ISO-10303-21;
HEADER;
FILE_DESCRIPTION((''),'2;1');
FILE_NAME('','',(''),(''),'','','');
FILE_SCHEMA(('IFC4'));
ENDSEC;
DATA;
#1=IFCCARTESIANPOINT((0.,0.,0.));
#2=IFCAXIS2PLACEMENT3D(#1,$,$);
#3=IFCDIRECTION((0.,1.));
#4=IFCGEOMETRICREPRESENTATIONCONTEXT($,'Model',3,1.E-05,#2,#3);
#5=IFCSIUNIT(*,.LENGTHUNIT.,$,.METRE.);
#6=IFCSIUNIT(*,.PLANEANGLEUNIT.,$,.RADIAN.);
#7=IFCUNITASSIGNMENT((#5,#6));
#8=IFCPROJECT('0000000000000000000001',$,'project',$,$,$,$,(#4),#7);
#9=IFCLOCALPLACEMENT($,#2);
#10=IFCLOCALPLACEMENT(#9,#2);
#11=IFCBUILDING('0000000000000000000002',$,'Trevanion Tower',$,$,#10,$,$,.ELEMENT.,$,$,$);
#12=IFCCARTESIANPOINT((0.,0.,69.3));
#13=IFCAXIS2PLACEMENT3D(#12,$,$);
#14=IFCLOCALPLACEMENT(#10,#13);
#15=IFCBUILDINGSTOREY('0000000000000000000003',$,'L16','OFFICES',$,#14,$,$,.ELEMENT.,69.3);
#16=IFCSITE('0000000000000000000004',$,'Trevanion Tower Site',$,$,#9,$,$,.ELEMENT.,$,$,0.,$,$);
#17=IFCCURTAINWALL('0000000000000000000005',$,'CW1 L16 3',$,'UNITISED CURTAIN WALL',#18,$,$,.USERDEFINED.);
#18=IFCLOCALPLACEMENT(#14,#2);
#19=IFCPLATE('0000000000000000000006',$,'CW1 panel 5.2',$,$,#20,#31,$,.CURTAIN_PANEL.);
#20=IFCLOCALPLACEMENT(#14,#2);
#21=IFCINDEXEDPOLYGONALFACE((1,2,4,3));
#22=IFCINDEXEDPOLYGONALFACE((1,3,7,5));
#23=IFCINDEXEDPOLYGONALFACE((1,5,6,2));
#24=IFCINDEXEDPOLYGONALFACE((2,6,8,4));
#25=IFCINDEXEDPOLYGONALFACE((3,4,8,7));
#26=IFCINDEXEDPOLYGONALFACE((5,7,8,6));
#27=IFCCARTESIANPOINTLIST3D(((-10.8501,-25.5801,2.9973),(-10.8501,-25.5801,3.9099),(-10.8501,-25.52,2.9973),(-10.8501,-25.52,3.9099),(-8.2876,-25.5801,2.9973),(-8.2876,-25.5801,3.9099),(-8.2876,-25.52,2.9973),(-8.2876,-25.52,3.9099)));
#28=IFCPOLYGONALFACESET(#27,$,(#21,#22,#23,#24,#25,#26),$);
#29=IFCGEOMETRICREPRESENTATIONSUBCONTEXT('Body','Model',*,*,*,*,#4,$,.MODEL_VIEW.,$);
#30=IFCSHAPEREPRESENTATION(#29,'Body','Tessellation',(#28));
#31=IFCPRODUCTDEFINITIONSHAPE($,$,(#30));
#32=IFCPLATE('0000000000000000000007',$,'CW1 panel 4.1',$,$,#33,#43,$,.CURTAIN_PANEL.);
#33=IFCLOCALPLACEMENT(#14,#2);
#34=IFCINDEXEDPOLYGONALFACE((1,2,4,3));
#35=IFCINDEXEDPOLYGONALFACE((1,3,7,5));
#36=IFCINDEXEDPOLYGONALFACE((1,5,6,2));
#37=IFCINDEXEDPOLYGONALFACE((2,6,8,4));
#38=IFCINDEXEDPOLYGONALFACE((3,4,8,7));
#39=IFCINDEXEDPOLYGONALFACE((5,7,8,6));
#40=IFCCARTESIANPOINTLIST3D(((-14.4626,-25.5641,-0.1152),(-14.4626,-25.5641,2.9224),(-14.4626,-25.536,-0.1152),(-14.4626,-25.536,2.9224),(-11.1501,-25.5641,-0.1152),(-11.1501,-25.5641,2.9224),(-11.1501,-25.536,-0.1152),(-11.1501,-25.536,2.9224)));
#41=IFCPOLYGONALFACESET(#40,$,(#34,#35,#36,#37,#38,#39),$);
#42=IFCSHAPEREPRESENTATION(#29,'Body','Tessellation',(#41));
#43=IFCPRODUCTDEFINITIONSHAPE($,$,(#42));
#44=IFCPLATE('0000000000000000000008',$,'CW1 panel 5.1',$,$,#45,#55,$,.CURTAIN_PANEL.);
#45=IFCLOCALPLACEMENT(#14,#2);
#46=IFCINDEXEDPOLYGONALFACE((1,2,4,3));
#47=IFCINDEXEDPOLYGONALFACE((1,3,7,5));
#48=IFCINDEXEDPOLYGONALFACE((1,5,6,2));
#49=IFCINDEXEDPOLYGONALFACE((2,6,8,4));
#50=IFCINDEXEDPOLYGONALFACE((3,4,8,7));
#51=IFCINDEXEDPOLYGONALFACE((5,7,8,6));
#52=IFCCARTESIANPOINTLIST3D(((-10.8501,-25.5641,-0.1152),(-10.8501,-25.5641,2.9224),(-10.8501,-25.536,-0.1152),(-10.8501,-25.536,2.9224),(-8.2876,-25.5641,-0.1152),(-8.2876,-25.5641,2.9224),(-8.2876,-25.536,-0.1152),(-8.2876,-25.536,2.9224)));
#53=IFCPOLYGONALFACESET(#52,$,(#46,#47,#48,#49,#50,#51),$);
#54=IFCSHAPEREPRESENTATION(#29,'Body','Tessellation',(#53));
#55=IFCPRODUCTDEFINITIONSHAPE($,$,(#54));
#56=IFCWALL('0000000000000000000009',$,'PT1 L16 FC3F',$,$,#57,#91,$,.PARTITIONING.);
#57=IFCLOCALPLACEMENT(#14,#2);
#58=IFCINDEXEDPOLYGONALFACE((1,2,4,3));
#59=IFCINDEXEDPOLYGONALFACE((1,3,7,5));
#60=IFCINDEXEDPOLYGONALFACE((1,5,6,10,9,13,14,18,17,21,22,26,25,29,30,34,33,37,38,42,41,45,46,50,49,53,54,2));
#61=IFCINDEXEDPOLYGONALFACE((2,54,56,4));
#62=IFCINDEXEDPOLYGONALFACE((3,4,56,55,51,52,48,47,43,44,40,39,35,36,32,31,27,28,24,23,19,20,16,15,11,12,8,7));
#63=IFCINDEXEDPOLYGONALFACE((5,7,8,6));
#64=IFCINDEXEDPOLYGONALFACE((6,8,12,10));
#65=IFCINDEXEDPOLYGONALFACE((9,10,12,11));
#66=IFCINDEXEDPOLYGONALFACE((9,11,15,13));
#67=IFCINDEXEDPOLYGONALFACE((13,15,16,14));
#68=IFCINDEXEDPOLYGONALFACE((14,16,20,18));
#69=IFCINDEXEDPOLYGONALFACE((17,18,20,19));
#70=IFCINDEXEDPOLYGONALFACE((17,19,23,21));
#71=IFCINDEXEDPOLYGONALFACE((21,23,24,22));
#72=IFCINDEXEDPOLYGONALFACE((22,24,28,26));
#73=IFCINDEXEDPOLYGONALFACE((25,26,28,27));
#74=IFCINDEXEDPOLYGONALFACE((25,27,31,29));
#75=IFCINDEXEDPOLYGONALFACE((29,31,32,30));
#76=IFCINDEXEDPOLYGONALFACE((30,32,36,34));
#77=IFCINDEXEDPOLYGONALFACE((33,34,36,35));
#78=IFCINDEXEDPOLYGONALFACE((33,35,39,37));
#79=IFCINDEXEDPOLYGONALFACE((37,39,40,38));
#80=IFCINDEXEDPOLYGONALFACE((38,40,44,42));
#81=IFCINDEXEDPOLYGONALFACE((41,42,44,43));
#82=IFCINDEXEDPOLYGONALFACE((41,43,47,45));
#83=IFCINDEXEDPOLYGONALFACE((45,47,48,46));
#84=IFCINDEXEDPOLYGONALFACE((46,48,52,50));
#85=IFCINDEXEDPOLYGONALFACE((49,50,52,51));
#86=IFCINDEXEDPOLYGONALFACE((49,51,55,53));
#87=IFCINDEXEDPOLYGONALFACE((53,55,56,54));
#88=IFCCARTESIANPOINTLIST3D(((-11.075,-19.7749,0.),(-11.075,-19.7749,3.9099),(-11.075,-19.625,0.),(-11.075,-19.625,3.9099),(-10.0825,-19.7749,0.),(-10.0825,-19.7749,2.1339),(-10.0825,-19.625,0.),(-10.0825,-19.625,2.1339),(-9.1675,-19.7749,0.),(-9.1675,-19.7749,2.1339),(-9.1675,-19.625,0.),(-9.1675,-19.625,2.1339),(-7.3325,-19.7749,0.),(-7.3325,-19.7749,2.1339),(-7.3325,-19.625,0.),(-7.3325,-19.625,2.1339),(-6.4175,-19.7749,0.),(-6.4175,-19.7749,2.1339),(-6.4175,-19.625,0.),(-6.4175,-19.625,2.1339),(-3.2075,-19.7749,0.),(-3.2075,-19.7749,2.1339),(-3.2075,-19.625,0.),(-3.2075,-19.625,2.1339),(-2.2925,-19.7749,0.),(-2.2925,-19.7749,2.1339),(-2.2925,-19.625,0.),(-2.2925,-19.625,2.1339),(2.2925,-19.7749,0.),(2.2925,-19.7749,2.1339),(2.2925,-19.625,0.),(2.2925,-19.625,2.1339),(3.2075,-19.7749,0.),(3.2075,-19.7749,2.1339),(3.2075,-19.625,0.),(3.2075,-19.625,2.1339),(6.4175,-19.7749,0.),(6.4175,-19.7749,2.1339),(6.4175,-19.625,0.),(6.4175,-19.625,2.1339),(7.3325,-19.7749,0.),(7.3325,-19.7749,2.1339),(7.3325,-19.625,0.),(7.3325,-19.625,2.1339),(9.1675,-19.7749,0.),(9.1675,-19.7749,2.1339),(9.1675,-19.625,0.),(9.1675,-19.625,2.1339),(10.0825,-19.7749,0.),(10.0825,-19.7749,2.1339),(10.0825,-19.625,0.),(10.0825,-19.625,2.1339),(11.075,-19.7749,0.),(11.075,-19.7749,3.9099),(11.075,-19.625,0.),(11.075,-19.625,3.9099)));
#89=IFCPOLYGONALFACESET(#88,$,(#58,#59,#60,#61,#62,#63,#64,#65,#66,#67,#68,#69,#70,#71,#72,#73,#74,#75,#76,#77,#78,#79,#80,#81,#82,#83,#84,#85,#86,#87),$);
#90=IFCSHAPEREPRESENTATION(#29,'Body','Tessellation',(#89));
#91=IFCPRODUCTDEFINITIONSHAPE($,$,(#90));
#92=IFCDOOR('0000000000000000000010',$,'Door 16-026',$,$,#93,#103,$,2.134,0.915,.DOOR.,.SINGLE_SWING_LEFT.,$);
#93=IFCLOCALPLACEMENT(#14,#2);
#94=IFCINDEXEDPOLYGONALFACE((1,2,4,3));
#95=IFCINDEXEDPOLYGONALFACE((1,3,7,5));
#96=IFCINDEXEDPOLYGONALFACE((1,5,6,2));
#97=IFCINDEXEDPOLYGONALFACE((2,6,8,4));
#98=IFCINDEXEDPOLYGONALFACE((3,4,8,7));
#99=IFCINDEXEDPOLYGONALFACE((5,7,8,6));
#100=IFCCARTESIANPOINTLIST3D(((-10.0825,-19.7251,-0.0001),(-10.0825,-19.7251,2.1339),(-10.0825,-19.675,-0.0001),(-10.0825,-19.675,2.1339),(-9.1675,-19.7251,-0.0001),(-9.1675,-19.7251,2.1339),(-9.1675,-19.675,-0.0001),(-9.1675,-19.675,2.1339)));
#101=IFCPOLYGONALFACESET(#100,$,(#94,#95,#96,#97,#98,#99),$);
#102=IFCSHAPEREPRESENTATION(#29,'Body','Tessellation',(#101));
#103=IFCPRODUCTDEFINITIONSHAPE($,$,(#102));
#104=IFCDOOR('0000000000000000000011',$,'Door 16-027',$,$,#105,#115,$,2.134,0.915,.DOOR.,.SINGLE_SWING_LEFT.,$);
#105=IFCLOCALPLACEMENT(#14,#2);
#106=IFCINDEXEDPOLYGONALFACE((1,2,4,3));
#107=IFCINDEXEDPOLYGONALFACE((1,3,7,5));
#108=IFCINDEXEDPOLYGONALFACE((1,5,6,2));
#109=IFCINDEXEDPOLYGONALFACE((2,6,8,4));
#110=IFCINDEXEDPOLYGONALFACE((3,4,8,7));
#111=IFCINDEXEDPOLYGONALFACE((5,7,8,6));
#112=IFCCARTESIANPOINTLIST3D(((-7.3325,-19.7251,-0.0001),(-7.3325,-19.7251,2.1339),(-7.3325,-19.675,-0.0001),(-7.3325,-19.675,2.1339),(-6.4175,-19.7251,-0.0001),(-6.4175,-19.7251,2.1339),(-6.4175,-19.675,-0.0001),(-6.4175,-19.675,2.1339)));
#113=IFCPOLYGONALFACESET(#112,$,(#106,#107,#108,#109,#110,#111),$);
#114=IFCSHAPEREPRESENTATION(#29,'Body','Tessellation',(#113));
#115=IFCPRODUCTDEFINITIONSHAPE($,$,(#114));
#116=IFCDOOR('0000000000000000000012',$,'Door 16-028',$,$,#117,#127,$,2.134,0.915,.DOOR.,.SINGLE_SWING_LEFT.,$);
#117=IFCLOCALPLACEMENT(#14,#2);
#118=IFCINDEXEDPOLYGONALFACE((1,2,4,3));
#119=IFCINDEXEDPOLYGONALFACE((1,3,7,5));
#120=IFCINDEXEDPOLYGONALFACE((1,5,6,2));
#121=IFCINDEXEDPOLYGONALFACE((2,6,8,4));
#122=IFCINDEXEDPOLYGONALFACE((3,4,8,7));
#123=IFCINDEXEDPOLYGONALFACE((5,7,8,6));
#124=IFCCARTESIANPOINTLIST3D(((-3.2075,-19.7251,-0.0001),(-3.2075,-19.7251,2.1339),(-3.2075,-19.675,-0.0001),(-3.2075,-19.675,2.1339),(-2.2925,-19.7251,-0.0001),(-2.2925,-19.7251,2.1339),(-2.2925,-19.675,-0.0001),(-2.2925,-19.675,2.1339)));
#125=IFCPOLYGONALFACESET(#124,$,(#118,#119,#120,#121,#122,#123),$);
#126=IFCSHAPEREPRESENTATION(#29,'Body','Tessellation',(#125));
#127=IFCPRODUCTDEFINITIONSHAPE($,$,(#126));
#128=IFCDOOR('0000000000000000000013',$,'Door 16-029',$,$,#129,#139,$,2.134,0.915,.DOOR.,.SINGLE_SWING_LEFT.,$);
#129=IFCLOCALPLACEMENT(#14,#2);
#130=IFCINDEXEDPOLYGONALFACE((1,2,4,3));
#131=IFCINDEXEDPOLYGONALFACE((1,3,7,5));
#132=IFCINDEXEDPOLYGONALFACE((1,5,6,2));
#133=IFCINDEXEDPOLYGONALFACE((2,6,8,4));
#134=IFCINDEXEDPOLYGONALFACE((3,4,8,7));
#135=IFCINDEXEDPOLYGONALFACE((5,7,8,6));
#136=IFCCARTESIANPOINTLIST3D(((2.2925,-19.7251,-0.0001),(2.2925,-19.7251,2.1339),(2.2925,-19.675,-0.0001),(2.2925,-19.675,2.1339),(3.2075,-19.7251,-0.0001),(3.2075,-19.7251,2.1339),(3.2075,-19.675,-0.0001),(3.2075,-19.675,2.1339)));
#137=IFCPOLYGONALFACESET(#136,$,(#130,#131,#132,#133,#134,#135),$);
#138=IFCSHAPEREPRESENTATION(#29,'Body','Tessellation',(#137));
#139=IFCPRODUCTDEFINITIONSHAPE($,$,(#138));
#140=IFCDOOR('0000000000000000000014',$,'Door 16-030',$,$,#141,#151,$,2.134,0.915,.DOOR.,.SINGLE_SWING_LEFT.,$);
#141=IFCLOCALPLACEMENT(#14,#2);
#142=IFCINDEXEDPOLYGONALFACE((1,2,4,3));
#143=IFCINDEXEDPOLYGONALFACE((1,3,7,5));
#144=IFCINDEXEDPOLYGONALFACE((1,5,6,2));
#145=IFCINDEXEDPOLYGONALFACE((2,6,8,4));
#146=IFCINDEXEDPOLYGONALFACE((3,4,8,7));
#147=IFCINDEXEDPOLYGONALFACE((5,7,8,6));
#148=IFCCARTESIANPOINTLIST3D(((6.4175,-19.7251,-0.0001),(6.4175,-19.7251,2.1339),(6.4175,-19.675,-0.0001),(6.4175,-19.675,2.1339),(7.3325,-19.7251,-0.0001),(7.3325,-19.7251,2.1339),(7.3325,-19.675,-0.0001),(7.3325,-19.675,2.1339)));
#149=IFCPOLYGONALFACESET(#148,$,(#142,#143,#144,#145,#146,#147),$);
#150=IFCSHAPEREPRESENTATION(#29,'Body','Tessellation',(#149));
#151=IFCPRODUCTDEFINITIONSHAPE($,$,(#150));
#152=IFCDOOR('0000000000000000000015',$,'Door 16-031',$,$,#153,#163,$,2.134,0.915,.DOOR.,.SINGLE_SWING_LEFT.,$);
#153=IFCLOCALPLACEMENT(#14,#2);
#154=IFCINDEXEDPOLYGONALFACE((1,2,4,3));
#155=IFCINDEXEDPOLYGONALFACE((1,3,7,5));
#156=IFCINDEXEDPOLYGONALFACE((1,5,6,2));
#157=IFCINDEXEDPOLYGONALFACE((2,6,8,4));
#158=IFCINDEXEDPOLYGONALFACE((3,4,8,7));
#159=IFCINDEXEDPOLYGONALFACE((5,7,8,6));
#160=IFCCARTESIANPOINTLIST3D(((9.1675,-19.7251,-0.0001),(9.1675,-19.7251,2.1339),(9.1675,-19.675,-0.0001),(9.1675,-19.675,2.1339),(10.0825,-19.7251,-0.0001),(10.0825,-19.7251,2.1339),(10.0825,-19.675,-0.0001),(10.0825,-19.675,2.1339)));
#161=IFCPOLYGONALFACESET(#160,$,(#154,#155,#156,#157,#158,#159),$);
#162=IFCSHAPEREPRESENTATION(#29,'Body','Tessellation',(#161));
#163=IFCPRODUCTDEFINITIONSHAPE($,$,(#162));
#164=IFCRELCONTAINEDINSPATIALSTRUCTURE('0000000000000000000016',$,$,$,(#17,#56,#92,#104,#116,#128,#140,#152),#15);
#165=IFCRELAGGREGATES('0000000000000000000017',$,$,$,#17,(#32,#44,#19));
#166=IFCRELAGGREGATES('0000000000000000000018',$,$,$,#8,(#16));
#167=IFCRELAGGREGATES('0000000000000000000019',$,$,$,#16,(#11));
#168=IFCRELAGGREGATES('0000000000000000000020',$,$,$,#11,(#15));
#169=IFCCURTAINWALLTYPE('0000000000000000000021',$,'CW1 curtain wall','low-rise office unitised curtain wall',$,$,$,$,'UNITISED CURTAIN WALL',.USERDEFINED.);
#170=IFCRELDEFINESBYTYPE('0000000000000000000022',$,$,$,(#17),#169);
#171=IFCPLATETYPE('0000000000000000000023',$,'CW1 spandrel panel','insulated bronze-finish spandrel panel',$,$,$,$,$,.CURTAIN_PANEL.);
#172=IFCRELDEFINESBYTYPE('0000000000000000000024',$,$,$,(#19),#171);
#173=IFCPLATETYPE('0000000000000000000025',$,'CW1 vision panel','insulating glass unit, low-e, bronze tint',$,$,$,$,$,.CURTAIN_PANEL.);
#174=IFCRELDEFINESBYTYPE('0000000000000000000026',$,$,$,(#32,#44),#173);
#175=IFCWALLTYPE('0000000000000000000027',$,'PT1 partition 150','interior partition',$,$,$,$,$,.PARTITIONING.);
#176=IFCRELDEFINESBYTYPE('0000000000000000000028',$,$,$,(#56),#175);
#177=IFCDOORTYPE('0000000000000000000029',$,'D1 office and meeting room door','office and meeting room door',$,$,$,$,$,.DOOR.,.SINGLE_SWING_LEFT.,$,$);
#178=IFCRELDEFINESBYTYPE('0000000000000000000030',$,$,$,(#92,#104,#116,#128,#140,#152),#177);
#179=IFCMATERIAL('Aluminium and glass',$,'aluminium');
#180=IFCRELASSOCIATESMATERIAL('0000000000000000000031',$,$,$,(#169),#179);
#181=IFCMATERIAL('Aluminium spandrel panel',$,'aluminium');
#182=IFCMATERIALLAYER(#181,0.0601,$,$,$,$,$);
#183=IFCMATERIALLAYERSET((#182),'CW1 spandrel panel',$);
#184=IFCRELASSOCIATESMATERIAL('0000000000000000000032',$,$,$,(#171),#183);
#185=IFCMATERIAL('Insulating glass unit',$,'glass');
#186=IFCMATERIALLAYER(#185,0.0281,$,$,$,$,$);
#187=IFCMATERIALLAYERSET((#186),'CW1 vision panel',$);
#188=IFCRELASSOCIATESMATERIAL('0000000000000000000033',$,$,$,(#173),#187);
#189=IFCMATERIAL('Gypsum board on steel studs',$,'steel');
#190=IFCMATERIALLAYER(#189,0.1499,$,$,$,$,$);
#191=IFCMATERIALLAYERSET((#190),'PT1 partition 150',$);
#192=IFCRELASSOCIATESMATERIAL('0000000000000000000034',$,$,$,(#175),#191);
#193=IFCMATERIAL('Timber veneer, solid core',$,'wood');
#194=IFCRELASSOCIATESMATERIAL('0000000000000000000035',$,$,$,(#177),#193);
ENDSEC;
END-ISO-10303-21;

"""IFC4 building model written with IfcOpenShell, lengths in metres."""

from ifc_helpers import new_model, si_unit, direction, frame, frame_2d, origin, origin_2d, place, context, subcontext, project, spatial, rectangle, extrude, material, layer, layer_set, type_object, element, fill, aggregate, save


model = new_model("IFC4")

# Units and contexts
model_context = context("Model", 3, precision=1e-05, world=origin(), true_north=direction((0.0, 1.0)))
body_context = subcontext(model_context, "Body", "Model", "MODEL_VIEW")
ifc_project = project(units=[si_unit("LENGTHUNIT", "METRE"), si_unit("PLANEANGLEUNIT", "RADIAN")], contexts=[model_context])

# Site, building, storey
site_placement = place(None, origin())
site = spatial("IfcSite", under=ifc_project, at=site_placement, Name="Trevanion Tower Site", CompositionType="ELEMENT", RefElevation=0.0)
building_placement = place(site_placement, origin())
building = spatial("IfcBuilding", under=site, at=building_placement, Name="Trevanion Tower", CompositionType="ELEMENT")
storey_placement = place(building_placement, frame((0.0, 0.0, 69.3)))
storey = spatial("IfcBuildingStorey", under=building, at=storey_placement, Name="L16", Description="OFFICES", CompositionType="ELEMENT", Elevation=69.3)

# Curtain wall
ifc_material_1 = material(Name="Aluminium and glass", Category="aluminium")
curtain_wall_type = type_object("IfcCurtainWallType", Name="CW1 curtain wall", Description="low-rise office unitised curtain wall", ElementType="UNITISED CURTAIN WALL", PredefinedType="USERDEFINED", material=ifc_material_1)
curtain_wall_placement = place(storey_placement, origin())
curtain_wall = element("IfcCurtainWall", 1, at=curtain_wall_placement, inside=storey, type_object=curtain_wall_type, Name="CW1 L16 3", ObjectType="UNITISED CURTAIN WALL", PredefinedType="USERDEFINED")

# Plates
ifc_material_2 = material(Name="Aluminium spandrel panel", Category="aluminium")
ifc_layer_1 = layer(ifc_material_2, 0.0601)
ifc_layer_set_1 = layer_set([ifc_layer_1], Name="CW1 spandrel panel")
plate_type_1 = type_object("IfcPlateType", Name="CW1 spandrel panel", Description="insulated bronze-finish spandrel panel", PredefinedType="CURTAIN_PANEL", material=ifc_layer_set_1)
plate_1_placement = place(storey_placement, frame((-9.5688, -25.55, 2.9973), z_axis=(0.0, 0.0, 1.0), x_axis=(1.0, 0.0, 0.0)))
plate_1 = element("IfcPlate", 2, at=plate_1_placement, type_object=plate_type_1, Name="CW1 panel 5.2", PredefinedType="CURTAIN_PANEL", context=body_context, shape_type="SweptSolid", body=[
    extrude(rectangle(XDim=2.5625, YDim=0.0601, at=origin_2d()), origin(), (0.0, 0.0, 1.0), 0.9126),
])
ifc_material_3 = material(Name="Insulating glass unit", Category="glass")
ifc_layer_2 = layer(ifc_material_3, 0.0281)
ifc_layer_set_2 = layer_set([ifc_layer_2], Name="CW1 vision panel")
plate_type_2 = type_object("IfcPlateType", Name="CW1 vision panel", Description="insulating glass unit, low-e, bronze tint", PredefinedType="CURTAIN_PANEL", material=ifc_layer_set_2)
plate_2_placement = place(storey_placement, frame((-12.8064, -25.55, -0.1152), z_axis=(0.0, 0.0, 1.0), x_axis=(1.0, 0.0, 0.0)))
plate_2 = element("IfcPlate", 3, at=plate_2_placement, type_object=plate_type_2, Name="CW1 panel 4.1", PredefinedType="CURTAIN_PANEL", context=body_context, shape_type="SweptSolid", body=[
    extrude(rectangle(XDim=3.3125, YDim=0.0281, at=origin_2d()), origin(), (0.0, 0.0, 1.0), 3.0376),
])
plate_3_placement = place(storey_placement, frame((-9.5688, -25.55, -0.1152), z_axis=(0.0, 0.0, 1.0), x_axis=(1.0, 0.0, 0.0)))
plate_3 = element("IfcPlate", 4, at=plate_3_placement, type_object=plate_type_2, Name="CW1 panel 5.1", PredefinedType="CURTAIN_PANEL", context=body_context, shape_type="SweptSolid", body=[
    extrude(rectangle(XDim=2.5625, YDim=0.0281, at=origin_2d()), origin(), (0.0, 0.0, 1.0), 3.0376),
])
aggregate(curtain_wall, [plate_2, plate_3, plate_1])

# Wall, openings, doors
ifc_material_4 = material(Name="Gypsum board on steel studs", Category="steel")
ifc_layer_3 = layer(ifc_material_4, 0.1499)
ifc_layer_set_3 = layer_set([ifc_layer_3], Name="PT1 partition 150")
wall_type = type_object("IfcWallType", Name="PT1 partition 150", Description="interior partition", PredefinedType="PARTITIONING", material=ifc_layer_set_3)
wall_1_placement = place(storey_placement, frame((-11.075, -19.7, 0.0), z_axis=(0.0, 0.0, 1.0), x_axis=(1.0, 0.0, 0.0)))
wall_1 = element("IfcWall", 5, at=wall_1_placement, inside=storey, type_object=wall_type, Name="PT1 L16 FC3F", PredefinedType="PARTITIONING", context=body_context, shape_type="SweptSolid", body=[
    extrude(rectangle(XDim=22.1499, YDim=0.1499, at=frame_2d((11.075, 0.0))), origin(), (0.0, 0.0, 1.0), 3.9099),
])
opening_1_placement = place(wall_1_placement, frame((0.9924, 0.0, 0.0)))
opening_1 = element("IfcOpeningElement", 6, at=opening_1_placement, cuts=wall_1, PredefinedType="OPENING", context=body_context, shape_type="SweptSolid", body=[
    extrude(rectangle(XDim=0.915, YDim=2.134, at=frame_2d((0.4575, 1.0669))), frame((0.0, 0.085, 0.0), z_axis=(0.0, -1.0, 0.0), x_axis=(1.0, 0.0, 0.0)), (0.0, 0.0, 1.0), 0.1699),
])
opening_2_placement = place(wall_1_placement, frame((3.7424, 0.0, 0.0)))
opening_2 = element("IfcOpeningElement", 7, at=opening_2_placement, cuts=wall_1, PredefinedType="OPENING", context=body_context, shape_type="SweptSolid", body=[
    extrude(rectangle(XDim=0.915, YDim=2.134, at=frame_2d((0.4575, 1.0669))), frame((0.0, 0.085, 0.0), z_axis=(0.0, -1.0, 0.0), x_axis=(1.0, 0.0, 0.0)), (0.0, 0.0, 1.0), 0.1699),
])
opening_3_placement = place(wall_1_placement, frame((7.8674, 0.0, 0.0)))
opening_3 = element("IfcOpeningElement", 8, at=opening_3_placement, cuts=wall_1, PredefinedType="OPENING", context=body_context, shape_type="SweptSolid", body=[
    extrude(rectangle(XDim=0.915, YDim=2.134, at=frame_2d((0.4575, 1.0669))), frame((0.0, 0.085, 0.0), z_axis=(0.0, -1.0, 0.0), x_axis=(1.0, 0.0, 0.0)), (0.0, 0.0, 1.0), 0.1699),
])
opening_4_placement = place(wall_1_placement, frame((13.3674, 0.0, 0.0)))
opening_4 = element("IfcOpeningElement", 9, at=opening_4_placement, cuts=wall_1, PredefinedType="OPENING", context=body_context, shape_type="SweptSolid", body=[
    extrude(rectangle(XDim=0.915, YDim=2.134, at=frame_2d((0.4575, 1.0669))), frame((0.0, 0.085, 0.0), z_axis=(0.0, -1.0, 0.0), x_axis=(1.0, 0.0, 0.0)), (0.0, 0.0, 1.0), 0.1699),
])
opening_5_placement = place(wall_1_placement, frame((17.4924, 0.0, 0.0)))
opening_5 = element("IfcOpeningElement", 10, at=opening_5_placement, cuts=wall_1, PredefinedType="OPENING", context=body_context, shape_type="SweptSolid", body=[
    extrude(rectangle(XDim=0.915, YDim=2.134, at=frame_2d((0.4575, 1.0669))), frame((0.0, 0.085, 0.0), z_axis=(0.0, -1.0, 0.0), x_axis=(1.0, 0.0, 0.0)), (0.0, 0.0, 1.0), 0.1699),
])
opening_6_placement = place(wall_1_placement, frame((20.2424, 0.0, 0.0)))
opening_6 = element("IfcOpeningElement", 11, at=opening_6_placement, cuts=wall_1, PredefinedType="OPENING", context=body_context, shape_type="SweptSolid", body=[
    extrude(rectangle(XDim=0.915, YDim=2.134, at=frame_2d((0.4575, 1.0669))), frame((0.0, 0.085, 0.0), z_axis=(0.0, -1.0, 0.0), x_axis=(1.0, 0.0, 0.0)), (0.0, 0.0, 1.0), 0.1699),
])
ifc_material_5 = material(Name="Timber veneer, solid core", Category="wood")
door_type = type_object("IfcDoorType", Name="D1 office and meeting room door", Description="office and meeting room door", OperationType="SINGLE_SWING_LEFT", PredefinedType="DOOR", material=ifc_material_5)
door_1_placement = place(opening_1_placement, origin())
door_1 = element("IfcDoor", 12, at=door_1_placement, inside=storey, type_object=door_type, Name="Door 16-026", OperationType="SINGLE_SWING_LEFT", OverallHeight=2.134, OverallWidth=0.915, PredefinedType="DOOR", context=body_context, shape_type="SweptSolid", body=[
    extrude(rectangle(XDim=0.915, YDim=2.134, at=frame_2d((0.4575, 1.0669))), frame((0.0, 0.0249, 0.0), z_axis=(0.0, -1.0, 0.0), x_axis=(1.0, 0.0, 0.0)), (0.0, 0.0, 1.0), 0.05),
])
fill(opening_1, door_1)
door_2_placement = place(opening_2_placement, origin())
door_2 = element("IfcDoor", 13, at=door_2_placement, inside=storey, type_object=door_type, Name="Door 16-027", OperationType="SINGLE_SWING_LEFT", OverallHeight=2.134, OverallWidth=0.915, PredefinedType="DOOR", context=body_context, shape_type="SweptSolid", body=[
    extrude(rectangle(XDim=0.915, YDim=2.134, at=frame_2d((0.4575, 1.0669))), frame((0.0, 0.0249, 0.0), z_axis=(0.0, -1.0, 0.0), x_axis=(1.0, 0.0, 0.0)), (0.0, 0.0, 1.0), 0.05),
])
fill(opening_2, door_2)
door_3_placement = place(opening_3_placement, origin())
door_3 = element("IfcDoor", 14, at=door_3_placement, inside=storey, type_object=door_type, Name="Door 16-028", OperationType="SINGLE_SWING_LEFT", OverallHeight=2.134, OverallWidth=0.915, PredefinedType="DOOR", context=body_context, shape_type="SweptSolid", body=[
    extrude(rectangle(XDim=0.915, YDim=2.134, at=frame_2d((0.4575, 1.0669))), frame((0.0, 0.0249, 0.0), z_axis=(0.0, -1.0, 0.0), x_axis=(1.0, 0.0, 0.0)), (0.0, 0.0, 1.0), 0.05),
])
fill(opening_3, door_3)
door_4_placement = place(opening_4_placement, origin())
door_4 = element("IfcDoor", 15, at=door_4_placement, inside=storey, type_object=door_type, Name="Door 16-029", OperationType="SINGLE_SWING_LEFT", OverallHeight=2.134, OverallWidth=0.915, PredefinedType="DOOR", context=body_context, shape_type="SweptSolid", body=[
    extrude(rectangle(XDim=0.915, YDim=2.134, at=frame_2d((0.4575, 1.0669))), frame((0.0, 0.0249, 0.0), z_axis=(0.0, -1.0, 0.0), x_axis=(1.0, 0.0, 0.0)), (0.0, 0.0, 1.0), 0.05),
])
fill(opening_4, door_4)
door_5_placement = place(opening_5_placement, origin())
door_5 = element("IfcDoor", 16, at=door_5_placement, inside=storey, type_object=door_type, Name="Door 16-030", OperationType="SINGLE_SWING_LEFT", OverallHeight=2.134, OverallWidth=0.915, PredefinedType="DOOR", context=body_context, shape_type="SweptSolid", body=[
    extrude(rectangle(XDim=0.915, YDim=2.134, at=frame_2d((0.4575, 1.0669))), frame((0.0, 0.0249, 0.0), z_axis=(0.0, -1.0, 0.0), x_axis=(1.0, 0.0, 0.0)), (0.0, 0.0, 1.0), 0.05),
])
fill(opening_5, door_5)
door_6_placement = place(opening_6_placement, origin())
door_6 = element("IfcDoor", 17, at=door_6_placement, inside=storey, type_object=door_type, Name="Door 16-031", OperationType="SINGLE_SWING_LEFT", OverallHeight=2.134, OverallWidth=0.915, PredefinedType="DOOR", context=body_context, shape_type="SweptSolid", body=[
    extrude(rectangle(XDim=0.915, YDim=2.134, at=frame_2d((0.4575, 1.0669))), frame((0.0, 0.0249, 0.0), z_axis=(0.0, -1.0, 0.0), x_axis=(1.0, 0.0, 0.0)), (0.0, 0.0, 1.0), 0.05),
])
fill(opening_6, door_6)

save(model, "model.ifc")
